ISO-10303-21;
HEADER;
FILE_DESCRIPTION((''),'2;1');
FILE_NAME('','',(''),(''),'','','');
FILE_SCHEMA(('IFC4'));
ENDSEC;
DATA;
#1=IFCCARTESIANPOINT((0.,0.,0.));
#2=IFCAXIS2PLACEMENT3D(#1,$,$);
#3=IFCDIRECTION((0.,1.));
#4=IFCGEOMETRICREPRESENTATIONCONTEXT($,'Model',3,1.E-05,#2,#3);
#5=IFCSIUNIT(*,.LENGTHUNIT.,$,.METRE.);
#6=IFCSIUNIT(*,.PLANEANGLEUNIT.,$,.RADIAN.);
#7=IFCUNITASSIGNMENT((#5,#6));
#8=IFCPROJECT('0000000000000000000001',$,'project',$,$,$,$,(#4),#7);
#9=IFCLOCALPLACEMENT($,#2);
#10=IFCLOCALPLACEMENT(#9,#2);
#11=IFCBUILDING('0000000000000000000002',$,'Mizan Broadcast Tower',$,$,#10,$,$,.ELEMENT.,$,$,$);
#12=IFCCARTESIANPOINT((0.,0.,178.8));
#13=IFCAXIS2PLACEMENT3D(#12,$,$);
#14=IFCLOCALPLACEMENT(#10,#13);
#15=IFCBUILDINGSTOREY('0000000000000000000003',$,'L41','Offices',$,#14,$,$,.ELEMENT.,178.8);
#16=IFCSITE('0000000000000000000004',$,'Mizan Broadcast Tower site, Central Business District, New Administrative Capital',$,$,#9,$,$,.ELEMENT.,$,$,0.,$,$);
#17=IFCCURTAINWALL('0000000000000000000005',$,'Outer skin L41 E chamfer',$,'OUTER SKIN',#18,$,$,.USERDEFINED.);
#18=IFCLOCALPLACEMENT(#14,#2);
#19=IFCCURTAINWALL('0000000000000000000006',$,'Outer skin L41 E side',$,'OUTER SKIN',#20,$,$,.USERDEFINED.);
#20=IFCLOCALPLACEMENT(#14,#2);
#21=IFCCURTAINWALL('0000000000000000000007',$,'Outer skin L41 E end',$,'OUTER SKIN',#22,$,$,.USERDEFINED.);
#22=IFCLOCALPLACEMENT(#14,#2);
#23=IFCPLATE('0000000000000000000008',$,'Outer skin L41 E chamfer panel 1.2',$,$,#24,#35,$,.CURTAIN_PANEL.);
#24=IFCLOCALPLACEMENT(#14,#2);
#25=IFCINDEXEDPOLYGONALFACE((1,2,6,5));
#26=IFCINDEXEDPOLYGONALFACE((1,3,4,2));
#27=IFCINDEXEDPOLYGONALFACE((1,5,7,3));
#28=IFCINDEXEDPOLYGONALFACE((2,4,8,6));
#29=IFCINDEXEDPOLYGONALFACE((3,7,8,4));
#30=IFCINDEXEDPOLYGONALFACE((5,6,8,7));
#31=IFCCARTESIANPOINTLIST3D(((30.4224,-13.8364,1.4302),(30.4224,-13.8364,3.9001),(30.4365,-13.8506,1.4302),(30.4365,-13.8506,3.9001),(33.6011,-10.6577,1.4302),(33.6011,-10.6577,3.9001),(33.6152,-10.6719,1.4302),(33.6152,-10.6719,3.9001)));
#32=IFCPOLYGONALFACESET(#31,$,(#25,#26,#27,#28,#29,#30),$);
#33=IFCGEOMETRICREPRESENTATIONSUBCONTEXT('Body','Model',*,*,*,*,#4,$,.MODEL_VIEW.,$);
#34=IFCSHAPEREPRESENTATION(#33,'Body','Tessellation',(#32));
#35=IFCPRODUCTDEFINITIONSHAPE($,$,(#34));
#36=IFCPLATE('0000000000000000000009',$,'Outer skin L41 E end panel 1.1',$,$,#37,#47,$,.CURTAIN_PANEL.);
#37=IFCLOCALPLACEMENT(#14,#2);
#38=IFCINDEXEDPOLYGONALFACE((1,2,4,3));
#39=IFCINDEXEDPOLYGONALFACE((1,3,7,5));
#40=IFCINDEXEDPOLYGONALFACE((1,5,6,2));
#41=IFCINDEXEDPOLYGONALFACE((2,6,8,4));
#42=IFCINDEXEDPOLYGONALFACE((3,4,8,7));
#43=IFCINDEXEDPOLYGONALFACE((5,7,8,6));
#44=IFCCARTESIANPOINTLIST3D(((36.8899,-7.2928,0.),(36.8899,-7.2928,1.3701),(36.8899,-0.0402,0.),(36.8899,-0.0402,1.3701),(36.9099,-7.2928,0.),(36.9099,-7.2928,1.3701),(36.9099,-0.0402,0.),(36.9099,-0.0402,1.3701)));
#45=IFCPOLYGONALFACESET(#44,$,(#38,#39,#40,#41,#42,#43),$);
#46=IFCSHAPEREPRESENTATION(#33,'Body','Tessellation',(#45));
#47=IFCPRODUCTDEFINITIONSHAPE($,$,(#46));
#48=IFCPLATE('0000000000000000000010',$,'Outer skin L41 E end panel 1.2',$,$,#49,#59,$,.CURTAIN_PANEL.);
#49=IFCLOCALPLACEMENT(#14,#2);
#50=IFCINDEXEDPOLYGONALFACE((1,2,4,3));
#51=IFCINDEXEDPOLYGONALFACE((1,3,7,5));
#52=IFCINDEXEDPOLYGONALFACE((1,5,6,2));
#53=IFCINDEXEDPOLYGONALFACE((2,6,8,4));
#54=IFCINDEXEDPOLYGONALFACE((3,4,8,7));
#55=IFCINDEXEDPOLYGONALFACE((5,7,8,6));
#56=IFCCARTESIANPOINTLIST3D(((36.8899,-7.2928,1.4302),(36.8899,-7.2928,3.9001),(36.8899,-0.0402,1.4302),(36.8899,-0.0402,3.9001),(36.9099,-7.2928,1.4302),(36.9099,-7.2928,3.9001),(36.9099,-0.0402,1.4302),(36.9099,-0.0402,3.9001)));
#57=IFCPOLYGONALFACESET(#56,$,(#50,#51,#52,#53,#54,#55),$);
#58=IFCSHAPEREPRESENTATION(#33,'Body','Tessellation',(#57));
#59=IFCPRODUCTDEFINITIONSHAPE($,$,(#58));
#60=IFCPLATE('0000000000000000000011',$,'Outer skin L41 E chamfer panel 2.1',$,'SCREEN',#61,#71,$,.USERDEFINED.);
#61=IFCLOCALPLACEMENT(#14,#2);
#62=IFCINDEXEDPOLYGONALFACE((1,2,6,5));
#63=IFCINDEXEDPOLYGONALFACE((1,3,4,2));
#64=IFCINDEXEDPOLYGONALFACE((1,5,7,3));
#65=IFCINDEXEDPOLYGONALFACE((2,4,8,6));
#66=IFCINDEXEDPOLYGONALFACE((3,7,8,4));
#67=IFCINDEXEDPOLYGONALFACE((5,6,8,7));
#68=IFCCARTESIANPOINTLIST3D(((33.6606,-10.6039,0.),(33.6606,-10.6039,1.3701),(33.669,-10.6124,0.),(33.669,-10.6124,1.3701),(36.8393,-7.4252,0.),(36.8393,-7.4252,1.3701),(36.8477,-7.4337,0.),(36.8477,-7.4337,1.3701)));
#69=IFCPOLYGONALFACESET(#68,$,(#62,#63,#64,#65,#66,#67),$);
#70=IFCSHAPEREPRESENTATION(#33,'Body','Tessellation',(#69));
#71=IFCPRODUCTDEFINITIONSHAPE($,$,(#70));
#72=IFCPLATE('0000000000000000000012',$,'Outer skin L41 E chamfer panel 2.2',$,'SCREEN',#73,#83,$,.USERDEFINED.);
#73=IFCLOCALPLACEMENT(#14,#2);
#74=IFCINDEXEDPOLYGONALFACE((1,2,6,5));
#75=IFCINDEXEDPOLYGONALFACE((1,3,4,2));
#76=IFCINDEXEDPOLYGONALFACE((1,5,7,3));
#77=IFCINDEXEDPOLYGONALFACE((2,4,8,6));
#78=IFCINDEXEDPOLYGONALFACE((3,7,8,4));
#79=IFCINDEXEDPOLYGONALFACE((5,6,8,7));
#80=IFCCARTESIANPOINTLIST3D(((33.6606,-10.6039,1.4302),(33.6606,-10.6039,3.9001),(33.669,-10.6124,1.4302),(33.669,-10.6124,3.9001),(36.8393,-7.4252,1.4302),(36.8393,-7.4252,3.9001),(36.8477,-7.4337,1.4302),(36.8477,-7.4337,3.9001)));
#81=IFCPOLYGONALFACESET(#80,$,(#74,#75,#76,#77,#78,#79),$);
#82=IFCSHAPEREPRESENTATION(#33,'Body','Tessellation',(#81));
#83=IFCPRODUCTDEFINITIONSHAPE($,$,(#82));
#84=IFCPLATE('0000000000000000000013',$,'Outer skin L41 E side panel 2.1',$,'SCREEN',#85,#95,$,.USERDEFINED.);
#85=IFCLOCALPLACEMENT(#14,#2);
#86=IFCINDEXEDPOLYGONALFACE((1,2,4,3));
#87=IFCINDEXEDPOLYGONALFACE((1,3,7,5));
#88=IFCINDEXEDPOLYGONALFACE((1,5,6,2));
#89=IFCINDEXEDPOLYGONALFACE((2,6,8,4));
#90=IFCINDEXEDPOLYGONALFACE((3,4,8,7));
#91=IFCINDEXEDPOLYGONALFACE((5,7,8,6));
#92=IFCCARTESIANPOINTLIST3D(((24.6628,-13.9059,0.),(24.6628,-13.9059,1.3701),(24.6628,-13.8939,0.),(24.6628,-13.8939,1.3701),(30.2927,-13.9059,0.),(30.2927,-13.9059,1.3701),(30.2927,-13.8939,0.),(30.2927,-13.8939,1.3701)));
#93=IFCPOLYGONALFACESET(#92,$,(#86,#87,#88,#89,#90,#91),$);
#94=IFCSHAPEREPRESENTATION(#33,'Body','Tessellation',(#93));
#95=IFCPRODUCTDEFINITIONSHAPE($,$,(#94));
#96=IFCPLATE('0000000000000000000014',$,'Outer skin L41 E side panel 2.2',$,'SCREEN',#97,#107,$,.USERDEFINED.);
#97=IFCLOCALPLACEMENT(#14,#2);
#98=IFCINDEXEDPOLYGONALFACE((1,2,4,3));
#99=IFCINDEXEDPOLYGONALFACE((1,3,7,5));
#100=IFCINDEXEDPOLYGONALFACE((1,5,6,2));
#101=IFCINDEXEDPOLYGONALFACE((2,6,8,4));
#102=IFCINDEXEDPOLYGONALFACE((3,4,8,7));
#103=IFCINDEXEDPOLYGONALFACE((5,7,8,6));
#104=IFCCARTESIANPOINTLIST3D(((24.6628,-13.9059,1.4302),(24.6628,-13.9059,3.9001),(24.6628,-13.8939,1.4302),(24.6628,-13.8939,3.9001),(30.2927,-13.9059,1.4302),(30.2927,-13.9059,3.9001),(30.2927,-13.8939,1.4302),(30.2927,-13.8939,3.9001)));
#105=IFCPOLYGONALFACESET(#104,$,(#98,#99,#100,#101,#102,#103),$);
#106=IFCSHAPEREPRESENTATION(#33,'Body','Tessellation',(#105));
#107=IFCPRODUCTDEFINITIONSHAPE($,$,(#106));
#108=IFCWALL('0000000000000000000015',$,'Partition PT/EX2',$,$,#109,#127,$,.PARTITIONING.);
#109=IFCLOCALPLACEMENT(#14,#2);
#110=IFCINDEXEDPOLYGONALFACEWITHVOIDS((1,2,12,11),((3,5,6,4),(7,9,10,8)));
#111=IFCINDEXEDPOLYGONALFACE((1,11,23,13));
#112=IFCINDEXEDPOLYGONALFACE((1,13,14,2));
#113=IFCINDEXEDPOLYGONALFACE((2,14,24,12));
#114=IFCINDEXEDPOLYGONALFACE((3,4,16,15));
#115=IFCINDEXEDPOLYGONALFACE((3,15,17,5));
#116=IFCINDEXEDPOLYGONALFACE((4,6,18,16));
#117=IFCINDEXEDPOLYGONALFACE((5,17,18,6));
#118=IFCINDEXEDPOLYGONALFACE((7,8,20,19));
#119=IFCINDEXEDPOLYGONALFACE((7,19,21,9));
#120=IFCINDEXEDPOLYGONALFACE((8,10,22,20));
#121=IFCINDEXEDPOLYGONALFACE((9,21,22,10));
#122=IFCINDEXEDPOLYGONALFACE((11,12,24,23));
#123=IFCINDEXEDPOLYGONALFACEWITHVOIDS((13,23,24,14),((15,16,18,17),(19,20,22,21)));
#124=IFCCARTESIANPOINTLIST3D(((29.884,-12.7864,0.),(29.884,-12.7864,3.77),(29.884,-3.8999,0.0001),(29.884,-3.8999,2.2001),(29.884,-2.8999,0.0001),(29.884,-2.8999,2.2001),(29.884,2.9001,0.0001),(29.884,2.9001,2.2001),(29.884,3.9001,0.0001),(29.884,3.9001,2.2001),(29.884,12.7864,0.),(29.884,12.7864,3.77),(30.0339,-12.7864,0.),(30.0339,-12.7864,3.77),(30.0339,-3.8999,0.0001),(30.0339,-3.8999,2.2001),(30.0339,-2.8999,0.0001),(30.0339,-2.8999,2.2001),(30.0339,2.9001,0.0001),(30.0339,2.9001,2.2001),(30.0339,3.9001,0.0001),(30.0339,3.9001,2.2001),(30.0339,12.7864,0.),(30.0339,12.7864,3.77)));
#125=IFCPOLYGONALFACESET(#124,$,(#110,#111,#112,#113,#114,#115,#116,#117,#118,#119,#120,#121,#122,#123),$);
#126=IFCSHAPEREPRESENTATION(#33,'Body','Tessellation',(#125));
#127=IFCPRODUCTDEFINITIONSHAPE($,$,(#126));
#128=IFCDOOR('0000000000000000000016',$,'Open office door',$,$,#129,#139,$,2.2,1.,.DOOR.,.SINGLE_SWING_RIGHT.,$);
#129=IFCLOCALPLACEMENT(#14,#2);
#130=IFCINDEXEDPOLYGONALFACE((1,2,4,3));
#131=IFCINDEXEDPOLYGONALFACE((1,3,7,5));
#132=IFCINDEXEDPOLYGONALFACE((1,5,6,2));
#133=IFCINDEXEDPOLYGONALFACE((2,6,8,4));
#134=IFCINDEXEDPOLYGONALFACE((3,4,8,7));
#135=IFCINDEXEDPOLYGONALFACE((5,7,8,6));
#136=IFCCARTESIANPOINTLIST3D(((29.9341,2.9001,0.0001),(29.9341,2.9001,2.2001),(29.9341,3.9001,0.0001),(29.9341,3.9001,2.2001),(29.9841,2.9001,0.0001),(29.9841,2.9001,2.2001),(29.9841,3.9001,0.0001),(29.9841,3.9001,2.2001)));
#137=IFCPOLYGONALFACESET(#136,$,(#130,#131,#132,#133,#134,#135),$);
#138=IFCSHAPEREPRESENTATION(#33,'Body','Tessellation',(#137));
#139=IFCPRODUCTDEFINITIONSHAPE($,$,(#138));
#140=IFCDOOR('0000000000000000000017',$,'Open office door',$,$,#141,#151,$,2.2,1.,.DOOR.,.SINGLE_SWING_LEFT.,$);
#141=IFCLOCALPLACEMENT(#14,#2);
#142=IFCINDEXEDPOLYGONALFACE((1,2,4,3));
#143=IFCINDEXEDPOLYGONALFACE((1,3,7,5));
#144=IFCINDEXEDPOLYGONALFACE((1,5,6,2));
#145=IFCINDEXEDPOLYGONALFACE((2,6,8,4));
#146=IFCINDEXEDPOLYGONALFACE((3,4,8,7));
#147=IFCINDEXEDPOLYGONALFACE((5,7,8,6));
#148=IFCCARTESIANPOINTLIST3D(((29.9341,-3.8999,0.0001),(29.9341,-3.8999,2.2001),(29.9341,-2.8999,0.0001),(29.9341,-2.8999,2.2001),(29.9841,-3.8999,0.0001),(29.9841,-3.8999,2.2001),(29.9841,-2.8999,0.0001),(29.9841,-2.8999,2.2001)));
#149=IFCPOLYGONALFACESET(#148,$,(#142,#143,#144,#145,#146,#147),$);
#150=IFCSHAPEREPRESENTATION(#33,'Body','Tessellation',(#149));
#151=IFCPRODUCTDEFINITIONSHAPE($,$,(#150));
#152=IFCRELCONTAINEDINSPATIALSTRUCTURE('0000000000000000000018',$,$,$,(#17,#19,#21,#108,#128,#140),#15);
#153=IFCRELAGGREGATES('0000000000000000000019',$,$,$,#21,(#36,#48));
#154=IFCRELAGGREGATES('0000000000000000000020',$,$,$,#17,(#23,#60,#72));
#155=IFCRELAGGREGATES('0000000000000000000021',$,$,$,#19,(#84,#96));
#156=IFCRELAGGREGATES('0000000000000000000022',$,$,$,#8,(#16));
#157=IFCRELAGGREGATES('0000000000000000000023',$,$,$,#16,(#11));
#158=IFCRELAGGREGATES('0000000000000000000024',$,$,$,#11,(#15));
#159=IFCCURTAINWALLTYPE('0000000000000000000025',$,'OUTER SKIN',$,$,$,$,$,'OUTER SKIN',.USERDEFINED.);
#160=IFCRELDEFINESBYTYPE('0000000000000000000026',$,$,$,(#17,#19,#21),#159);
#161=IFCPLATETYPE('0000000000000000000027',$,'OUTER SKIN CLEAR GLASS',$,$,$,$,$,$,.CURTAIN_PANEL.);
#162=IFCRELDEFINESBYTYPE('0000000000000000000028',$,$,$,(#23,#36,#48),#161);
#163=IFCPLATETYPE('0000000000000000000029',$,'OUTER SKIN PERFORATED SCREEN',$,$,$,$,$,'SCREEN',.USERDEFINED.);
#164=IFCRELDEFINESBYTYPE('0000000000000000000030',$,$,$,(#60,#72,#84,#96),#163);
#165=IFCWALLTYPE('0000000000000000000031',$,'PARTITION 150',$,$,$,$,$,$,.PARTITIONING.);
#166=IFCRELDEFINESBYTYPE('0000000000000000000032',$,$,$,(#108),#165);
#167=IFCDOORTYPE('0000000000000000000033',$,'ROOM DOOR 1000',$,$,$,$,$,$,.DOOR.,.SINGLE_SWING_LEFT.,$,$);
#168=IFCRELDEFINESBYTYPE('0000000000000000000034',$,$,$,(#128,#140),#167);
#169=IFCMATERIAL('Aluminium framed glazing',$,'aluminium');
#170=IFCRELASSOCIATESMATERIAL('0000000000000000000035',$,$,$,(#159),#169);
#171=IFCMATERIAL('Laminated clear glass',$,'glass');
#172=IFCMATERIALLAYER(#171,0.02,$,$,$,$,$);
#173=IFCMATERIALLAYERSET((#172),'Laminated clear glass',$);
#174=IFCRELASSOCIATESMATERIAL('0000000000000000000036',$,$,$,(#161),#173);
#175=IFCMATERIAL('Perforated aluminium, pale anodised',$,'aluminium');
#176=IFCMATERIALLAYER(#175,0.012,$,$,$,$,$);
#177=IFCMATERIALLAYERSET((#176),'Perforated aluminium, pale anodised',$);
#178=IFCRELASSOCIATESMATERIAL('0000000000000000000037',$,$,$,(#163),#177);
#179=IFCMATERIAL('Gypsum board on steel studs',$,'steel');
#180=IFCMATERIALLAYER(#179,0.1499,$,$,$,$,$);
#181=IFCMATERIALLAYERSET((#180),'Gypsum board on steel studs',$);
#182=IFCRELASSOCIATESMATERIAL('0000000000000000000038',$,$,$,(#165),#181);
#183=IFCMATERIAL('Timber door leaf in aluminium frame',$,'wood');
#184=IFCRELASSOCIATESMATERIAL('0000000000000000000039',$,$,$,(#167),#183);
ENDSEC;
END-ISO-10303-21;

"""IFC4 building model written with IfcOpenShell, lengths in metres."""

from ifc_helpers import new_model, si_unit, direction, frame, frame_2d, origin, origin_2d, place, context, subcontext, project, spatial, rectangle, extrude, material, layer, layer_set, type_object, element, fill, aggregate, save


model = new_model("IFC4")

# Units and contexts
model_context = context("Model", 3, precision=1e-05, world=origin(), true_north=direction((0.0, 1.0)))
body_context = subcontext(model_context, "Body", "Model", "MODEL_VIEW")
ifc_project = project(units=[si_unit("LENGTHUNIT", "METRE"), si_unit("PLANEANGLEUNIT", "RADIAN")], contexts=[model_context])

# Site, building, storey
site_placement = place(None, origin())
site = spatial("IfcSite", under=ifc_project, at=site_placement, Name="Mizan Broadcast Tower site, Central Business District, New Administrative Capital", CompositionType="ELEMENT", RefElevation=0.0)
building_placement = place(site_placement, origin())
building = spatial("IfcBuilding", under=site, at=building_placement, Name="Mizan Broadcast Tower", CompositionType="ELEMENT")
storey_placement = place(building_placement, frame((0.0, 0.0, 178.8)))
storey = spatial("IfcBuildingStorey", under=building, at=storey_placement, Name="L41", Description="Offices", CompositionType="ELEMENT", Elevation=178.8)

# Curtain wall
ifc_material_1 = material(Name="Aluminium framed glazing", Category="aluminium")
curtain_wall_type_1 = type_object("IfcCurtainWallType", Name="OUTER SKIN", ElementType="OUTER SKIN", PredefinedType="USERDEFINED", material=ifc_material_1)
curtain_wall_1_placement = place(storey_placement, origin())
curtain_wall_1 = element("IfcCurtainWall", 1, at=curtain_wall_1_placement, inside=storey, type_object=curtain_wall_type_1, Name="Outer skin L41 E chamfer", ObjectType="OUTER SKIN", PredefinedType="USERDEFINED")

# Curtain wall
curtain_wall_2_placement = place(storey_placement, origin())
curtain_wall_2 = element("IfcCurtainWall", 2, at=curtain_wall_2_placement, inside=storey, type_object=curtain_wall_type_1, Name="Outer skin L41 E side", ObjectType="OUTER SKIN", PredefinedType="USERDEFINED")

# Curtain wall
curtain_wall_3_placement = place(storey_placement, origin())
curtain_wall_3 = element("IfcCurtainWall", 3, at=curtain_wall_3_placement, inside=storey, type_object=curtain_wall_type_1, Name="Outer skin L41 E end", ObjectType="OUTER SKIN", PredefinedType="USERDEFINED")

# Plates
ifc_material_2 = material(Name="Laminated clear glass", Category="glass")
ifc_layer_1 = layer(ifc_material_2, 0.02)
ifc_layer_set_1 = layer_set([ifc_layer_1], Name="Laminated clear glass")
plate_type_1 = type_object("IfcPlateType", Name="OUTER SKIN CLEAR GLASS", PredefinedType="CURTAIN_PANEL", material=ifc_layer_set_1)
plate_1_placement = place(storey_placement, frame((32.0188, -12.2542, 1.4302), z_axis=(0.0, 0.0, 1.0), x_axis=(0.707107, 0.707107, 0.0)))
plate_1 = element("IfcPlate", 4, at=plate_1_placement, type_object=plate_type_1, Name="Outer skin L41 E chamfer panel 1.2", PredefinedType="CURTAIN_PANEL", context=body_context, shape_type="SweptSolid", body=[
    extrude(rectangle(XDim=4.4954, YDim=0.02, at=origin_2d()), origin(), (0.0, 0.0, 1.0), 2.47),
])
plate_2_placement = place(storey_placement, frame((36.8999, -3.6665, 0.0), z_axis=(0.0, 0.0, 1.0), x_axis=(0.0, 1.0, 0.0)))
plate_2 = element("IfcPlate", 5, at=plate_2_placement, type_object=plate_type_1, Name="Outer skin L41 E end panel 1.1", PredefinedType="CURTAIN_PANEL", context=body_context, shape_type="SweptSolid", body=[
    extrude(rectangle(XDim=7.2527, YDim=0.02, at=origin_2d()), origin(), (0.0, 0.0, 1.0), 1.3701),
])
plate_3_placement = place(storey_placement, frame((36.8999, -3.6665, 1.4302), z_axis=(0.0, 0.0, 1.0), x_axis=(0.0, 1.0, 0.0)))
plate_3 = element("IfcPlate", 6, at=plate_3_placement, type_object=plate_type_1, Name="Outer skin L41 E end panel 1.2", PredefinedType="CURTAIN_PANEL", context=body_context, shape_type="SweptSolid", body=[
    extrude(rectangle(XDim=7.2527, YDim=0.02, at=origin_2d()), origin(), (0.0, 0.0, 1.0), 2.47),
])
aggregate(curtain_wall_3, [plate_2, plate_3])
ifc_material_3 = material(Name="Perforated aluminium, pale anodised", Category="aluminium")
ifc_layer_2 = layer(ifc_material_3, 0.012)
ifc_layer_set_2 = layer_set([ifc_layer_2], Name="Perforated aluminium, pale anodised")
plate_type_2 = type_object("IfcPlateType", Name="OUTER SKIN PERFORATED SCREEN", ElementType="SCREEN", PredefinedType="USERDEFINED", material=ifc_layer_set_2)
plate_4_placement = place(storey_placement, frame((35.2542, -9.0188, 0.0), z_axis=(0.0, 0.0, 1.0), x_axis=(0.707107, 0.707107, 0.0)))
plate_4 = element("IfcPlate", 7, at=plate_4_placement, type_object=plate_type_2, Name="Outer skin L41 E chamfer panel 2.1", ObjectType="SCREEN", PredefinedType="USERDEFINED", context=body_context, shape_type="SweptSolid", body=[
    extrude(rectangle(XDim=4.4954, YDim=0.012, at=origin_2d()), origin(), (0.0, 0.0, 1.0), 1.3701),
])
plate_5_placement = place(storey_placement, frame((35.2542, -9.0188, 1.4302), z_axis=(0.0, 0.0, 1.0), x_axis=(0.707107, 0.707107, 0.0)))
plate_5 = element("IfcPlate", 8, at=plate_5_placement, type_object=plate_type_2, Name="Outer skin L41 E chamfer panel 2.2", ObjectType="SCREEN", PredefinedType="USERDEFINED", context=body_context, shape_type="SweptSolid", body=[
    extrude(rectangle(XDim=4.4954, YDim=0.012, at=origin_2d()), origin(), (0.0, 0.0, 1.0), 2.47),
])
aggregate(curtain_wall_1, [plate_1, plate_4, plate_5])
plate_6_placement = place(storey_placement, frame((27.4778, -13.8999, 0.0), z_axis=(0.0, 0.0, 1.0), x_axis=(1.0, 0.0, 0.0)))
plate_6 = element("IfcPlate", 9, at=plate_6_placement, type_object=plate_type_2, Name="Outer skin L41 E side panel 2.1", ObjectType="SCREEN", PredefinedType="USERDEFINED", context=body_context, shape_type="SweptSolid", body=[
    extrude(rectangle(XDim=5.6299, YDim=0.012, at=origin_2d()), origin(), (0.0, 0.0, 1.0), 1.3701),
])
plate_7_placement = place(storey_placement, frame((27.4778, -13.8999, 1.4302), z_axis=(0.0, 0.0, 1.0), x_axis=(1.0, 0.0, 0.0)))
plate_7 = element("IfcPlate", 10, at=plate_7_placement, type_object=plate_type_2, Name="Outer skin L41 E side panel 2.2", ObjectType="SCREEN", PredefinedType="USERDEFINED", context=body_context, shape_type="SweptSolid", body=[
    extrude(rectangle(XDim=5.6299, YDim=0.012, at=origin_2d()), origin(), (0.0, 0.0, 1.0), 2.47),
])
aggregate(curtain_wall_2, [plate_6, plate_7])

# Wall, openings, doors
ifc_material_4 = material(Name="Gypsum board on steel studs", Category="steel")
ifc_layer_3 = layer(ifc_material_4, 0.1499)
ifc_layer_set_3 = layer_set([ifc_layer_3], Name="Gypsum board on steel studs")
wall_type = type_object("IfcWallType", Name="PARTITION 150", PredefinedType="PARTITIONING", material=ifc_layer_set_3)
wall_placement = place(storey_placement, frame((29.959, -12.7864, 0.0), z_axis=(0.0, 0.0, 1.0), x_axis=(0.0, 1.0, 0.0)))
wall = element("IfcWall", 11, at=wall_placement, inside=storey, type_object=wall_type, Name="Partition PT/EX2", PredefinedType="PARTITIONING", context=body_context, shape_type="SweptSolid", body=[
    extrude(rectangle(XDim=25.5728, YDim=0.1499, at=frame_2d((12.7864, 0.0))), origin(), (0.0, 0.0, 1.0), 3.77),
])
opening_1_placement = place(wall_placement, frame((15.6865, 0.0, 0.0)))
opening_1 = element("IfcOpeningElement", 12, at=opening_1_placement, cuts=wall, PredefinedType="OPENING", context=body_context, shape_type="SweptSolid", body=[
    extrude(rectangle(XDim=1.0, YDim=2.2, at=frame_2d((0.5, 1.1001))), frame((0.0, 0.085, 0.0), z_axis=(0.0, -1.0, 0.0), x_axis=(1.0, 0.0, 0.0)), (0.0, 0.0, 1.0), 0.1699),
])
opening_2_placement = place(wall_placement, frame((8.8865, 0.0, 0.0)))
opening_2 = element("IfcOpeningElement", 13, at=opening_2_placement, cuts=wall, PredefinedType="OPENING", context=body_context, shape_type="SweptSolid", body=[
    extrude(rectangle(XDim=1.0, YDim=2.2, at=frame_2d((0.5, 1.1001))), frame((0.0, 0.085, 0.0), z_axis=(0.0, -1.0, 0.0), x_axis=(1.0, 0.0, 0.0)), (0.0, 0.0, 1.0), 0.1699),
])
ifc_material_5 = material(Name="Timber door leaf in aluminium frame", Category="wood")
door_type = type_object("IfcDoorType", Name="ROOM DOOR 1000", OperationType="SINGLE_SWING_LEFT", PredefinedType="DOOR", material=ifc_material_5)
door_1_placement = place(opening_1_placement, origin())
door_1 = element("IfcDoor", 14, at=door_1_placement, inside=storey, type_object=door_type, Name="Open office door", OperationType="SINGLE_SWING_RIGHT", OverallHeight=2.2, OverallWidth=1.0, PredefinedType="DOOR", context=body_context, shape_type="SweptSolid", body=[
    extrude(rectangle(XDim=1.0, YDim=2.2, at=frame_2d((0.5, 1.1001))), frame((0.0, 0.0249, 0.0), z_axis=(0.0, -1.0, 0.0), x_axis=(1.0, 0.0, 0.0)), (0.0, 0.0, 1.0), 0.05),
])
fill(opening_1, door_1)
door_2_placement = place(opening_2_placement, origin())
door_2 = element("IfcDoor", 15, at=door_2_placement, inside=storey, type_object=door_type, Name="Open office door", OperationType="SINGLE_SWING_LEFT", OverallHeight=2.2, OverallWidth=1.0, PredefinedType="DOOR", context=body_context, shape_type="SweptSolid", body=[
    extrude(rectangle(XDim=1.0, YDim=2.2, at=frame_2d((0.5, 1.1001))), frame((0.0, 0.0249, 0.0), z_axis=(0.0, -1.0, 0.0), x_axis=(1.0, 0.0, 0.0)), (0.0, 0.0, 1.0), 0.05),
])
fill(opening_2, door_2)

save(model, "model.ifc")
